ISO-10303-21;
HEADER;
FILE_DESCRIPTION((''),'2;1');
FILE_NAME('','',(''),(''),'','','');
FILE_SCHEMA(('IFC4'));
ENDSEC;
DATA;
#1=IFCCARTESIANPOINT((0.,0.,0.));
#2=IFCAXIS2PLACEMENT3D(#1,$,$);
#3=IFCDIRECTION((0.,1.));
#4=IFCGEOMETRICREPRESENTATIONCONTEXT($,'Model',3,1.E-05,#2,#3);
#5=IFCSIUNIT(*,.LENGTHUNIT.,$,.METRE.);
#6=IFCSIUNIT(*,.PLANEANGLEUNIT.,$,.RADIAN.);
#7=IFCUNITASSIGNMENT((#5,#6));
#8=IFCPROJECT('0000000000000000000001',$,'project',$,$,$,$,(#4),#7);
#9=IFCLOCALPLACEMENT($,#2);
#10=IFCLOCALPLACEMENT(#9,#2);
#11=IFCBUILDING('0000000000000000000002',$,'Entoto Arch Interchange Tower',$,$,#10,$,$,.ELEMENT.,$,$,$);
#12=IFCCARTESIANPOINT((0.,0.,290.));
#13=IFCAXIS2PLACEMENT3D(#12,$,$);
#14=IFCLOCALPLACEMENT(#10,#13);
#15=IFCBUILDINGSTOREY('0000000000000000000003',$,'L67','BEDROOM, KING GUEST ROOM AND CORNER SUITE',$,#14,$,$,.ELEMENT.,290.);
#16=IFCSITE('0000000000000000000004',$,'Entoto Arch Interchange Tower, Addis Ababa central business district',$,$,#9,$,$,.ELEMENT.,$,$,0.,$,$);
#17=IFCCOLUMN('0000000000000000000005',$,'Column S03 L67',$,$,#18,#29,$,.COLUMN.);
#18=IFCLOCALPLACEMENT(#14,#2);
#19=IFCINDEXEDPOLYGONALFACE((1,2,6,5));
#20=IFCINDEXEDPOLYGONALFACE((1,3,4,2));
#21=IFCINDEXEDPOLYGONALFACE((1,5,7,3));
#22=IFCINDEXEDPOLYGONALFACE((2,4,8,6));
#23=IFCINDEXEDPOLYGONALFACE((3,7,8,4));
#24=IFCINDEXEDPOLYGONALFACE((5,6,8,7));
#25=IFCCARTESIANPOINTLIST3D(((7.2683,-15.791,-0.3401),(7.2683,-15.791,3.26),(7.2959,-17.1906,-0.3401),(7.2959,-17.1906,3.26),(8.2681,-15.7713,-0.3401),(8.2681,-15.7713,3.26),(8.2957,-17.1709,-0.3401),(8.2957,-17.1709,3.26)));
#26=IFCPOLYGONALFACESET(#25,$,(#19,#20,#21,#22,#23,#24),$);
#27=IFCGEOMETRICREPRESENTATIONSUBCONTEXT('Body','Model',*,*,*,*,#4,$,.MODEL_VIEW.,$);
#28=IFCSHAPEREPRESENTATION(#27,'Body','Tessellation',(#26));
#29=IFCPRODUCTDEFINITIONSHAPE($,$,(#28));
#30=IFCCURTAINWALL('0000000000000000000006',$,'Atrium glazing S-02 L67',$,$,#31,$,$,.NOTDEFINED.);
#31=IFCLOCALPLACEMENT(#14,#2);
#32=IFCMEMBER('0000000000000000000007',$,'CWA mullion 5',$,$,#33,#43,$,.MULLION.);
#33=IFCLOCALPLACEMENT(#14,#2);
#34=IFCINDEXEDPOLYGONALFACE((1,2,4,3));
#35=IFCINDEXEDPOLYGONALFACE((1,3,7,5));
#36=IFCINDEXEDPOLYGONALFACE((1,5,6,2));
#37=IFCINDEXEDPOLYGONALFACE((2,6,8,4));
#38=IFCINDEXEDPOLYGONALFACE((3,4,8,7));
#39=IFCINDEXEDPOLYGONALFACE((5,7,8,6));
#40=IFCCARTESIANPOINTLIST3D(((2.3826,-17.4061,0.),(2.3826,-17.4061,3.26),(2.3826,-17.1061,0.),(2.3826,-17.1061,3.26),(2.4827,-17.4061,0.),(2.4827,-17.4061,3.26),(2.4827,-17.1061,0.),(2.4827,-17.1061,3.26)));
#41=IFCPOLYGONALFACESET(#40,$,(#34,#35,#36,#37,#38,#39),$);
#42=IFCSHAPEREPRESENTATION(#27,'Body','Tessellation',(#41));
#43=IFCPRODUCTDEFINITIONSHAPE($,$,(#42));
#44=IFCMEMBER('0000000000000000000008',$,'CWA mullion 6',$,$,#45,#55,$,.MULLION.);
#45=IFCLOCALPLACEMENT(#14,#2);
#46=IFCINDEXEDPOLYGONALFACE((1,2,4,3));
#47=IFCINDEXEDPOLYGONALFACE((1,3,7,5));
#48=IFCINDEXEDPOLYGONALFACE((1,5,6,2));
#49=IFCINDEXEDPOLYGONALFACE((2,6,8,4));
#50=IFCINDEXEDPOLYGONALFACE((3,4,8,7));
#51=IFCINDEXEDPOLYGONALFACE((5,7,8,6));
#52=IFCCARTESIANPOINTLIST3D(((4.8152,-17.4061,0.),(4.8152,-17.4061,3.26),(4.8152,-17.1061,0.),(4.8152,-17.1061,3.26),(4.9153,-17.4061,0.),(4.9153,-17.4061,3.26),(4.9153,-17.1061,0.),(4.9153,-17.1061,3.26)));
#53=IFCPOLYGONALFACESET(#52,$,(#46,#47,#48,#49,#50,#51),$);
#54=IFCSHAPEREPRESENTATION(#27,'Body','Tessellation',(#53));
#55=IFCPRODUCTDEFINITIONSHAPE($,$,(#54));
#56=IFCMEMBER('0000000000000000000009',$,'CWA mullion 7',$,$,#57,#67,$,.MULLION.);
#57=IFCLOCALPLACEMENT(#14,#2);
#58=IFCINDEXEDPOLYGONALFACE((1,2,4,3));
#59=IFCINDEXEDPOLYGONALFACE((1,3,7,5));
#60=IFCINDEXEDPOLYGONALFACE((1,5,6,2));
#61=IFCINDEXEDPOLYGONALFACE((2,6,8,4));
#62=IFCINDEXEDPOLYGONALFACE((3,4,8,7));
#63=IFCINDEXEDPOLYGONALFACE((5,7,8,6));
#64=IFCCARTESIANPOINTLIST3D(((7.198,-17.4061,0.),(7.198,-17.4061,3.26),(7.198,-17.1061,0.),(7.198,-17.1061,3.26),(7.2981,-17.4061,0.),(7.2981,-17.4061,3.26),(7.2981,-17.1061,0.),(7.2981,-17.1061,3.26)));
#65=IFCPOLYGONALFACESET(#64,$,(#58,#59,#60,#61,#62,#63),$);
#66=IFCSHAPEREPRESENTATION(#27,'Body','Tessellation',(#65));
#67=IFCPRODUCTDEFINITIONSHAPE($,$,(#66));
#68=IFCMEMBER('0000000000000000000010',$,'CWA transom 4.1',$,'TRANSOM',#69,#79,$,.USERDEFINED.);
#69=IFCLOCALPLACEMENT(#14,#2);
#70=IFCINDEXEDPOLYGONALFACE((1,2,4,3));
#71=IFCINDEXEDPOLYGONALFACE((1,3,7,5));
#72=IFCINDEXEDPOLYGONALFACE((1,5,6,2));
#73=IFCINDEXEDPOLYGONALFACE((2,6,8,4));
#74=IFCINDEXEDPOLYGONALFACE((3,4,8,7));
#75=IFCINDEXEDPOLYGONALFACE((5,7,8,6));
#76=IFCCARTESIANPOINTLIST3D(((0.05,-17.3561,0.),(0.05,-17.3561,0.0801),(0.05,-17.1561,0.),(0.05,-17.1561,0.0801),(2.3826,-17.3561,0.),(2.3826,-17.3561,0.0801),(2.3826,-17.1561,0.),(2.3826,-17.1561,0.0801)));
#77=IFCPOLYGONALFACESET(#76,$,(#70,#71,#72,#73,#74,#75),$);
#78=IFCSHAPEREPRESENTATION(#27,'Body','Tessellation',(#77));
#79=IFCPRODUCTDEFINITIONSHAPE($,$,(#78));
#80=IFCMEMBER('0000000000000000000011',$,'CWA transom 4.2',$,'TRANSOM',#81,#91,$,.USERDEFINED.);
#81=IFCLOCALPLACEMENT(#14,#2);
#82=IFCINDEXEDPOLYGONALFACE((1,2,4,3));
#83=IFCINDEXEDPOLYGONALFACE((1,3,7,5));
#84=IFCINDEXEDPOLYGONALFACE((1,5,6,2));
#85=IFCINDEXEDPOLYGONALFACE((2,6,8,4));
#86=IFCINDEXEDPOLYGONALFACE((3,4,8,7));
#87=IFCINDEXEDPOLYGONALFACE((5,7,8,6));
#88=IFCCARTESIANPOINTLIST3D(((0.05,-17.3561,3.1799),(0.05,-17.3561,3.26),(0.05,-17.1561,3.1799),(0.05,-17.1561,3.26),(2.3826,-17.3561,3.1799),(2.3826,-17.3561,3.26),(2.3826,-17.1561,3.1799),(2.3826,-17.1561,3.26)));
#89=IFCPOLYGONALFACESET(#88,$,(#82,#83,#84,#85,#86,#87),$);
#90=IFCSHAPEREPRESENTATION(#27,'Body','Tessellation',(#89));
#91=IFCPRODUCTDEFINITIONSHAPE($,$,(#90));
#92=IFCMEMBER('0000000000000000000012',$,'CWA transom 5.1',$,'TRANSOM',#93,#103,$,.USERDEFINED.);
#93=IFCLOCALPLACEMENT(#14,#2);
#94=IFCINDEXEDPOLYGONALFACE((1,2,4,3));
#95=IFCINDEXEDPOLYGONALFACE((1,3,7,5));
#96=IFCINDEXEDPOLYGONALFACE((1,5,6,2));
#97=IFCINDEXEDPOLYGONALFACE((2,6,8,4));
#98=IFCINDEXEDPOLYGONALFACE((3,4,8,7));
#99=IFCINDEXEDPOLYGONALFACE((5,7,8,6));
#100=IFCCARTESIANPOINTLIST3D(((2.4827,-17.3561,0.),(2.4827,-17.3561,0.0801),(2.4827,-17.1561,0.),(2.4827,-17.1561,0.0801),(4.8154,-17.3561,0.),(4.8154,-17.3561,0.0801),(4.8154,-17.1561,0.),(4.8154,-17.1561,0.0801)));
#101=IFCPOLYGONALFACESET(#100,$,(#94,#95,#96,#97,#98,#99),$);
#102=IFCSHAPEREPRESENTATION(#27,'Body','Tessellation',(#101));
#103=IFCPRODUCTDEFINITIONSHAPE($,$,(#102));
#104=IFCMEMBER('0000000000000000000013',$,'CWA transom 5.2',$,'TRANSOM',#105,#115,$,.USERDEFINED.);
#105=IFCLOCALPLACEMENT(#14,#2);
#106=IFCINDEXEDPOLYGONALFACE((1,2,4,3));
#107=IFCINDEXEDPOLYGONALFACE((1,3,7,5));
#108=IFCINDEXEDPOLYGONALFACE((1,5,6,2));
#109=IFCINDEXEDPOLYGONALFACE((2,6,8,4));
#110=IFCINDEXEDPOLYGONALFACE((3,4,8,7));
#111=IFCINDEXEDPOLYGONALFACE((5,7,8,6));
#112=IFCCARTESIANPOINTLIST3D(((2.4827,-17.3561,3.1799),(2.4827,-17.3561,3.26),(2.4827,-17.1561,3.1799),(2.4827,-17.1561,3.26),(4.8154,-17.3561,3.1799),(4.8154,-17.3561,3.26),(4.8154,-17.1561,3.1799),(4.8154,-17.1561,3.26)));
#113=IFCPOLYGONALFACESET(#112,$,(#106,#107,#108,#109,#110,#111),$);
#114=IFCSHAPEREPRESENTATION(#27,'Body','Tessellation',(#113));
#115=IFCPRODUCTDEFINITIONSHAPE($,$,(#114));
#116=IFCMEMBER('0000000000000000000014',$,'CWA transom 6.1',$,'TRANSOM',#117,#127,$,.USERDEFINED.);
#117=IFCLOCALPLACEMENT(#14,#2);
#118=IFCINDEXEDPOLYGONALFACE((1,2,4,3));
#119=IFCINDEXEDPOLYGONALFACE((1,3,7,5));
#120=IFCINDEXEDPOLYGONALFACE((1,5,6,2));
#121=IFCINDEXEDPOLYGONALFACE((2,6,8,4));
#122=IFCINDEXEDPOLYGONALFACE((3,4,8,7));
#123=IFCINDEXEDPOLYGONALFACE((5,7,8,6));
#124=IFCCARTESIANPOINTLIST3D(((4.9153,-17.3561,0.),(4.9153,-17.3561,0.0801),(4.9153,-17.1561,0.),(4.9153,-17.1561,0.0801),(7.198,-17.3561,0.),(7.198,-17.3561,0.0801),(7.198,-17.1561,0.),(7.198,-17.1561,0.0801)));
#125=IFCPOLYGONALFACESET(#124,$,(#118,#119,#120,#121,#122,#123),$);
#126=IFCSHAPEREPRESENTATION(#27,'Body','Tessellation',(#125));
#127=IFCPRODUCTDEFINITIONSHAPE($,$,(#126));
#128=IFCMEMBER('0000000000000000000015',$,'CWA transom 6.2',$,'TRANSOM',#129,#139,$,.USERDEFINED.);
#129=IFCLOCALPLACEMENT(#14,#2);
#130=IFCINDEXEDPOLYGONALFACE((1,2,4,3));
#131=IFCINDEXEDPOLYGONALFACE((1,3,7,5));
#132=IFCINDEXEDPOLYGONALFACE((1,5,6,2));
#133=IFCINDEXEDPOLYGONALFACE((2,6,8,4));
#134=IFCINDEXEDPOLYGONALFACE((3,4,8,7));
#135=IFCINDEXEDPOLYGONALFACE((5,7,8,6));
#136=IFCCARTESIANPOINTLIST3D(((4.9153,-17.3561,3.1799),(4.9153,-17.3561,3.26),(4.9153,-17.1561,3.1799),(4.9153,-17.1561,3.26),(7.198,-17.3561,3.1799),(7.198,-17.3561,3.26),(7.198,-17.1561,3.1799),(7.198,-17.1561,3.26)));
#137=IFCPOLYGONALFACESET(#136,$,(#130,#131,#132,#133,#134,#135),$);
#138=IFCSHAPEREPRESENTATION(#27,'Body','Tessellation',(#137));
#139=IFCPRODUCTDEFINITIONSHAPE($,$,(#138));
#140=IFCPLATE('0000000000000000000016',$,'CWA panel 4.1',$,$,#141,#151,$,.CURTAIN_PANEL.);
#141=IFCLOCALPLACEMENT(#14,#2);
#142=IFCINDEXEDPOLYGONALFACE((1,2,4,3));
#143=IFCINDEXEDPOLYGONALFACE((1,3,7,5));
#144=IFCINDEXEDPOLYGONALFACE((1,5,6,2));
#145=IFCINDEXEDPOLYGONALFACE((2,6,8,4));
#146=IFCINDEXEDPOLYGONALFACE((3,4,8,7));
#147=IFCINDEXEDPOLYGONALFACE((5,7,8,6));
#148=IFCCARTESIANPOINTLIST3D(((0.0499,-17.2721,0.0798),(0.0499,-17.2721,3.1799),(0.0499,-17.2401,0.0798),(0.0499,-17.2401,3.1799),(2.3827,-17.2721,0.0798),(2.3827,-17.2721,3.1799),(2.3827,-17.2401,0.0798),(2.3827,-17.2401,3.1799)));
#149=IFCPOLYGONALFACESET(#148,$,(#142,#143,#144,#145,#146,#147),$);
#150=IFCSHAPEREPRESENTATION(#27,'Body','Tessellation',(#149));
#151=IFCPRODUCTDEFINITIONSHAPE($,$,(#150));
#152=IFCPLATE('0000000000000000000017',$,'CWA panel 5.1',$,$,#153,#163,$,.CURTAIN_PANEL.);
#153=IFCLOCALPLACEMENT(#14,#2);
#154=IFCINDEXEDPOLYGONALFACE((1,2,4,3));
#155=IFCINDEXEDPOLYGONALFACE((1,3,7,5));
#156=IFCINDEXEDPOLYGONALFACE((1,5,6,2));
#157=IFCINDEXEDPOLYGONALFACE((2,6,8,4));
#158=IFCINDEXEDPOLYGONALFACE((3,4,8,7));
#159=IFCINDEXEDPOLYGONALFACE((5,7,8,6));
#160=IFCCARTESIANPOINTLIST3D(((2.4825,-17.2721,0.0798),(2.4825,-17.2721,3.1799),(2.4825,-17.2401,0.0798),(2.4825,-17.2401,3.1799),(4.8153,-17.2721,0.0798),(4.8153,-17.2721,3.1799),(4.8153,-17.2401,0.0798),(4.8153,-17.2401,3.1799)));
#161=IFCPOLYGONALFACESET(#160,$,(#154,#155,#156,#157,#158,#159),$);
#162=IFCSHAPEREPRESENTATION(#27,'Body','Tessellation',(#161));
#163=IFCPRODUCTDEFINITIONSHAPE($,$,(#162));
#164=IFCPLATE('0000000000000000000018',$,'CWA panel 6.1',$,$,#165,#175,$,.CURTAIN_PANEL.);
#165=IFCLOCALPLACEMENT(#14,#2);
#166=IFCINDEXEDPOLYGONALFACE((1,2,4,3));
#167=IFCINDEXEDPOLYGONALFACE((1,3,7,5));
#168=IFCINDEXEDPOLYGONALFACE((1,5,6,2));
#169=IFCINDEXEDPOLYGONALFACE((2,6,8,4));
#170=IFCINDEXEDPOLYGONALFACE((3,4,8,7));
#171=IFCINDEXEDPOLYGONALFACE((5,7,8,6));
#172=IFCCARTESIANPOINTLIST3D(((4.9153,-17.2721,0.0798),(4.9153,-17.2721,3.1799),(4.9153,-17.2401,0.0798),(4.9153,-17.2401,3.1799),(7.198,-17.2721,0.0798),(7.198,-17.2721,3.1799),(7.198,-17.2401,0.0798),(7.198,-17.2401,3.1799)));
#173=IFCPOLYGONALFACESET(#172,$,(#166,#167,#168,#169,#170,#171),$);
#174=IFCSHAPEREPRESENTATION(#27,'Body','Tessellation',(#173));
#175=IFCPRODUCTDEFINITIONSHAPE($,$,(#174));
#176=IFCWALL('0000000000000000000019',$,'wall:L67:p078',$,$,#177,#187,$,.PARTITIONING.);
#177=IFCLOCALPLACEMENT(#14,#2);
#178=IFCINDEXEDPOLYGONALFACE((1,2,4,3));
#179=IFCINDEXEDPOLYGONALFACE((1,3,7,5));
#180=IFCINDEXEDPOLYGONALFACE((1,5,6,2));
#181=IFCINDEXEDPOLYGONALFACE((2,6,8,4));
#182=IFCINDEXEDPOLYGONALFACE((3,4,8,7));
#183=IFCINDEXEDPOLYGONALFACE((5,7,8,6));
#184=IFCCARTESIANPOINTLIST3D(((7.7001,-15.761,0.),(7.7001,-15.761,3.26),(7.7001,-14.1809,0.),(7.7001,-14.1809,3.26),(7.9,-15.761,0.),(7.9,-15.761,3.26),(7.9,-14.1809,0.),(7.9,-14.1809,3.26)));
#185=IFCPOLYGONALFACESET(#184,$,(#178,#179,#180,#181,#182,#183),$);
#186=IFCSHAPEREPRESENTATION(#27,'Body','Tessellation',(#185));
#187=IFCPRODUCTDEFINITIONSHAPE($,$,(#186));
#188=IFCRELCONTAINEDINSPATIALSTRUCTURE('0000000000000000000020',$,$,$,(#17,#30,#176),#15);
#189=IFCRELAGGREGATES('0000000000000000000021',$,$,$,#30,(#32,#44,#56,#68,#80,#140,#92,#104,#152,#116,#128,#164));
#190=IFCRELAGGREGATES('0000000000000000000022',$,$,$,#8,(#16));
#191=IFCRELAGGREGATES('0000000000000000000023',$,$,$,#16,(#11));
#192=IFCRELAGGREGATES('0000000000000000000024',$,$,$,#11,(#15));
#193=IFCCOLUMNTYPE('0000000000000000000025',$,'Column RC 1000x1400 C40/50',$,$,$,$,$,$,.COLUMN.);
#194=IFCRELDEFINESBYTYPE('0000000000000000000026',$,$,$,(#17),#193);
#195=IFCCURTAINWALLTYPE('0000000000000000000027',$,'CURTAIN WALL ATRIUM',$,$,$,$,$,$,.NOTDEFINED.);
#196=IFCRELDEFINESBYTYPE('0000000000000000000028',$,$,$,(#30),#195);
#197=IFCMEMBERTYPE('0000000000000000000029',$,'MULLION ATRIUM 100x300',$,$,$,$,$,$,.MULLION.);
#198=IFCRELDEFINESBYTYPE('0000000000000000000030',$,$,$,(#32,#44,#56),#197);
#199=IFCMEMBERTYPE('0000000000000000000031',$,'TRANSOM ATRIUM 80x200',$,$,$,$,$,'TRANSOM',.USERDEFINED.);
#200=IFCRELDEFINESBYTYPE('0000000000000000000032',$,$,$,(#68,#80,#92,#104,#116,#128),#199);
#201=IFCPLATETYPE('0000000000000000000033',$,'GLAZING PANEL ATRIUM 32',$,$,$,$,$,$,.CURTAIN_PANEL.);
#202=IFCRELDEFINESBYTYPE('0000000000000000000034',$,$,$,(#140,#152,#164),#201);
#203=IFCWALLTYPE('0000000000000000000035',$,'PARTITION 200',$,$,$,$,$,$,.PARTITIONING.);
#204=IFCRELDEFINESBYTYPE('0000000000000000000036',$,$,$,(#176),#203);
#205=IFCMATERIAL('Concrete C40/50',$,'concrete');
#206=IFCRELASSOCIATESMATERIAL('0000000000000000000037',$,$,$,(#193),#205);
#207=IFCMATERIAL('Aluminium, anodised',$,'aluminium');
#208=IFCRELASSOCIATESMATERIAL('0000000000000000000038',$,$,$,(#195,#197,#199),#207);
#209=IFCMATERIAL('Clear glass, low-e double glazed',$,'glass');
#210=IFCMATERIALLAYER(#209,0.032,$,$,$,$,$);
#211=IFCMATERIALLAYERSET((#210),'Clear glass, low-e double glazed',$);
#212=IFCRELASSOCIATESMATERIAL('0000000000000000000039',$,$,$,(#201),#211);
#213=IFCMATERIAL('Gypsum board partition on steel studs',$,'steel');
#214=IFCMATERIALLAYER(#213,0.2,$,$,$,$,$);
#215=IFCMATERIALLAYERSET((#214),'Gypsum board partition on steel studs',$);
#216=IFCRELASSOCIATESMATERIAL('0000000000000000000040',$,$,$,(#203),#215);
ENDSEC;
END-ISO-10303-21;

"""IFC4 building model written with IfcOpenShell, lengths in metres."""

from ifc_helpers import new_model, si_unit, direction, frame, frame_2d, origin, origin_2d, place, context, subcontext, project, spatial, rectangle, extrude, material, layer, layer_set, material_profile, profile_set, type_object, element, aggregate, save


model = new_model("IFC4")

# Units and contexts
model_context = context("Model", 3, precision=1e-05, world=origin(), true_north=direction((0.0, 1.0)))
body_context = subcontext(model_context, "Body", "Model", "MODEL_VIEW")
ifc_project = project(units=[si_unit("LENGTHUNIT", "METRE"), si_unit("PLANEANGLEUNIT", "RADIAN")], contexts=[model_context])

# Site, building, storey
site_placement = place(None, origin())
site = spatial("IfcSite", under=ifc_project, at=site_placement, Name="Entoto Arch Interchange Tower, Addis Ababa central business district", CompositionType="ELEMENT", RefElevation=0.0)
building_placement = place(site_placement, origin())
building = spatial("IfcBuilding", under=site, at=building_placement, Name="Entoto Arch Interchange Tower", CompositionType="ELEMENT")
storey_placement = place(building_placement, frame((0.0, 0.0, 290.0)))
storey = spatial("IfcBuildingStorey", under=building, at=storey_placement, Name="L67", Description="BEDROOM, KING GUEST ROOM AND CORNER SUITE", CompositionType="ELEMENT", Elevation=290.0)

# Column
ifc_material_1 = material(Name="Concrete C40/50", Category="concrete")
ifc_material_profile_1 = material_profile(ifc_material_1, rectangle(XDim=1.0, YDim=1.3999, at=origin_2d()))
ifc_profile_set_1 = profile_set([ifc_material_profile_1], Name="Concrete C40/50")
column_type = type_object("IfcColumnType", Name="Column RC 1000x1400 C40/50", PredefinedType="COLUMN", material=ifc_profile_set_1)
column_placement = place(storey_placement, frame((7.782, -16.481, -0.3401), z_axis=(0.0, 0.0, 1.0), x_axis=(0.999806, 0.019721, 0.0)))
element("IfcColumn", 1, at=column_placement, inside=storey, type_object=column_type, Name="Column S03 L67", PredefinedType="COLUMN", context=body_context, shape_type="SweptSolid", body=[
    extrude(rectangle(XDim=1.0, YDim=1.3999, at=origin_2d()), origin(), (0.0, 0.0, 1.0), 3.6001),
])

# Curtain wall, members, plates
ifc_material_2 = material(Name="Aluminium, anodised", Category="aluminium")
curtain_wall_type = type_object("IfcCurtainWallType", Name="CURTAIN WALL ATRIUM", PredefinedType="NOTDEFINED", material=ifc_material_2)
curtain_wall_placement = place(storey_placement, origin())
curtain_wall = element("IfcCurtainWall", 2, at=curtain_wall_placement, inside=storey, type_object=curtain_wall_type, Name="Atrium glazing S-02 L67", PredefinedType="NOTDEFINED")
ifc_material_profile_2 = material_profile(ifc_material_2, rectangle(XDim=0.3, YDim=0.1001, at=origin_2d()))
ifc_profile_set_2 = profile_set([ifc_material_profile_2], Name="Aluminium, anodised")
member_type_1 = type_object("IfcMemberType", Name="MULLION ATRIUM 100x300", PredefinedType="MULLION", material=ifc_profile_set_2)
member_1_placement = place(storey_placement, frame((2.4326, -17.2561, 0.0), z_axis=(0.0, 0.0, 1.0), x_axis=(0.0, 1.0, 0.0)))
member_1 = element("IfcMember", 3, at=member_1_placement, type_object=member_type_1, Name="CWA mullion 5", PredefinedType="MULLION", context=body_context, shape_type="SweptSolid", body=[
    extrude(rectangle(XDim=0.3, YDim=0.1001, at=origin_2d()), origin(), (0.0, 0.0, 1.0), 3.26),
])
member_2_placement = place(storey_placement, frame((4.8652, -17.2561, 0.0), z_axis=(0.0, 0.0, 1.0), x_axis=(0.0, 1.0, 0.0)))
member_2 = element("IfcMember", 4, at=member_2_placement, type_object=member_type_1, Name="CWA mullion 6", PredefinedType="MULLION", context=body_context, shape_type="SweptSolid", body=[
    extrude(rectangle(XDim=0.3, YDim=0.1001, at=origin_2d()), origin(), (0.0, 0.0, 1.0), 3.26),
])
member_3_placement = place(storey_placement, frame((7.248, -17.2561, 0.0), z_axis=(0.0, 0.0, 1.0), x_axis=(0.0, 1.0, 0.0)))
member_3 = element("IfcMember", 5, at=member_3_placement, type_object=member_type_1, Name="CWA mullion 7", PredefinedType="MULLION", context=body_context, shape_type="SweptSolid", body=[
    extrude(rectangle(XDim=0.3, YDim=0.1001, at=origin_2d()), origin(), (0.0, 0.0, 1.0), 3.26),
])
ifc_material_profile_3 = material_profile(ifc_material_2, rectangle(XDim=0.2, YDim=0.0801, at=origin_2d()))
ifc_profile_set_3 = profile_set([ifc_material_profile_3], Name="Aluminium, anodised")
member_type_2 = type_object("IfcMemberType", Name="TRANSOM ATRIUM 80x200", ElementType="TRANSOM", PredefinedType="USERDEFINED", material=ifc_profile_set_3)
member_4_placement = place(storey_placement, frame((0.05, -17.2561, 0.04), z_axis=(1.0, 0.0, 0.0), x_axis=(0.0, 1.0, 0.0)))
member_4 = element("IfcMember", 6, at=member_4_placement, type_object=member_type_2, Name="CWA transom 4.1", ObjectType="TRANSOM", PredefinedType="USERDEFINED", context=body_context, shape_type="SweptSolid", body=[
    extrude(rectangle(XDim=0.2, YDim=0.0801, at=origin_2d()), origin(), (0.0, 0.0, 1.0), 2.3325),
])
member_5_placement = place(storey_placement, frame((0.05, -17.2561, 3.22), z_axis=(1.0, 0.0, 0.0), x_axis=(0.0, 1.0, 0.0)))
member_5 = element("IfcMember", 7, at=member_5_placement, type_object=member_type_2, Name="CWA transom 4.2", ObjectType="TRANSOM", PredefinedType="USERDEFINED", context=body_context, shape_type="SweptSolid", body=[
    extrude(rectangle(XDim=0.2, YDim=0.0801, at=origin_2d()), origin(), (0.0, 0.0, 1.0), 2.3325),
])
member_6_placement = place(storey_placement, frame((2.4827, -17.2561, 0.04), z_axis=(1.0, 0.0, 0.0), x_axis=(0.0, 1.0, 0.0)))
member_6 = element("IfcMember", 8, at=member_6_placement, type_object=member_type_2, Name="CWA transom 5.1", ObjectType="TRANSOM", PredefinedType="USERDEFINED", context=body_context, shape_type="SweptSolid", body=[
    extrude(rectangle(XDim=0.2, YDim=0.0801, at=origin_2d()), origin(), (0.0, 0.0, 1.0), 2.3328),
])
member_7_placement = place(storey_placement, frame((2.4827, -17.2561, 3.22), z_axis=(1.0, 0.0, 0.0), x_axis=(0.0, 1.0, 0.0)))
member_7 = element("IfcMember", 9, at=member_7_placement, type_object=member_type_2, Name="CWA transom 5.2", ObjectType="TRANSOM", PredefinedType="USERDEFINED", context=body_context, shape_type="SweptSolid", body=[
    extrude(rectangle(XDim=0.2, YDim=0.0801, at=origin_2d()), origin(), (0.0, 0.0, 1.0), 2.3328),
])
member_8_placement = place(storey_placement, frame((4.9153, -17.2561, 0.04), z_axis=(1.0, 0.0, 0.0), x_axis=(0.0, 1.0, 0.0)))
member_8 = element("IfcMember", 10, at=member_8_placement, type_object=member_type_2, Name="CWA transom 6.1", ObjectType="TRANSOM", PredefinedType="USERDEFINED", context=body_context, shape_type="SweptSolid", body=[
    extrude(rectangle(XDim=0.2, YDim=0.0801, at=origin_2d()), origin(), (0.0, 0.0, 1.0), 2.2827),
])
member_9_placement = place(storey_placement, frame((4.9153, -17.2561, 3.22), z_axis=(1.0, 0.0, 0.0), x_axis=(0.0, 1.0, 0.0)))
member_9 = element("IfcMember", 11, at=member_9_placement, type_object=member_type_2, Name="CWA transom 6.2", ObjectType="TRANSOM", PredefinedType="USERDEFINED", context=body_context, shape_type="SweptSolid", body=[
    extrude(rectangle(XDim=0.2, YDim=0.0801, at=origin_2d()), origin(), (0.0, 0.0, 1.0), 2.2827),
])
ifc_material_3 = material(Name="Clear glass, low-e double glazed", Category="glass")
ifc_layer_1 = layer(ifc_material_3, 0.032)
ifc_layer_set_1 = layer_set([ifc_layer_1], Name="Clear glass, low-e double glazed")
plate_type = type_object("IfcPlateType", Name="GLAZING PANEL ATRIUM 32", PredefinedType="CURTAIN_PANEL", material=ifc_layer_set_1)
plate_1_placement = place(storey_placement, frame((1.2163, -17.2561, 0.0798), z_axis=(0.0, 0.0, 1.0), x_axis=(1.0, 0.0, 0.0)))
plate_1 = element("IfcPlate", 12, at=plate_1_placement, type_object=plate_type, Name="CWA panel 4.1", PredefinedType="CURTAIN_PANEL", context=body_context, shape_type="SweptSolid", body=[
    extrude(rectangle(XDim=2.3328, YDim=0.032, at=origin_2d()), origin(), (0.0, 0.0, 1.0), 3.1001),
])
plate_2_placement = place(storey_placement, frame((3.6489, -17.2561, 0.0798), z_axis=(0.0, 0.0, 1.0), x_axis=(1.0, 0.0, 0.0)))
plate_2 = element("IfcPlate", 13, at=plate_2_placement, type_object=plate_type, Name="CWA panel 5.1", PredefinedType="CURTAIN_PANEL", context=body_context, shape_type="SweptSolid", body=[
    extrude(rectangle(XDim=2.3328, YDim=0.032, at=origin_2d()), origin(), (0.0, 0.0, 1.0), 3.1001),
])
plate_3_placement = place(storey_placement, frame((6.0566, -17.2561, 0.0798), z_axis=(0.0, 0.0, 1.0), x_axis=(1.0, 0.0, 0.0)))
plate_3 = element("IfcPlate", 14, at=plate_3_placement, type_object=plate_type, Name="CWA panel 6.1", PredefinedType="CURTAIN_PANEL", context=body_context, shape_type="SweptSolid", body=[
    extrude(rectangle(XDim=2.2827, YDim=0.032, at=origin_2d()), origin(), (0.0, 0.0, 1.0), 3.1001),
])
aggregate(curtain_wall, [member_1, member_2, member_3, member_4, member_5, plate_1, member_6, member_7, plate_2, member_8, member_9, plate_3])

# Wall
ifc_material_4 = material(Name="Gypsum board partition on steel studs", Category="steel")
ifc_layer_2 = layer(ifc_material_4, 0.2)
ifc_layer_set_2 = layer_set([ifc_layer_2], Name="Gypsum board partition on steel studs")
wall_type_1 = type_object("IfcWallType", Name="PARTITION 200", PredefinedType="PARTITIONING", material=ifc_layer_set_2)
wall_1_placement = place(storey_placement, frame((7.8, -14.1809, 0.0), z_axis=(0.0, 0.0, 1.0), x_axis=(0.0, -1.0, 0.0)))
element("IfcWall", 15, at=wall_1_placement, inside=storey, type_object=wall_type_1, Name="wall:L67:p078", PredefinedType="PARTITIONING", context=body_context, shape_type="SweptSolid", body=[
    extrude(rectangle(XDim=1.5801, YDim=0.2, at=frame_2d((0.79, 0.0))), origin(), (0.0, 0.0, 1.0), 3.26),
])

save(model, "model.ifc")
